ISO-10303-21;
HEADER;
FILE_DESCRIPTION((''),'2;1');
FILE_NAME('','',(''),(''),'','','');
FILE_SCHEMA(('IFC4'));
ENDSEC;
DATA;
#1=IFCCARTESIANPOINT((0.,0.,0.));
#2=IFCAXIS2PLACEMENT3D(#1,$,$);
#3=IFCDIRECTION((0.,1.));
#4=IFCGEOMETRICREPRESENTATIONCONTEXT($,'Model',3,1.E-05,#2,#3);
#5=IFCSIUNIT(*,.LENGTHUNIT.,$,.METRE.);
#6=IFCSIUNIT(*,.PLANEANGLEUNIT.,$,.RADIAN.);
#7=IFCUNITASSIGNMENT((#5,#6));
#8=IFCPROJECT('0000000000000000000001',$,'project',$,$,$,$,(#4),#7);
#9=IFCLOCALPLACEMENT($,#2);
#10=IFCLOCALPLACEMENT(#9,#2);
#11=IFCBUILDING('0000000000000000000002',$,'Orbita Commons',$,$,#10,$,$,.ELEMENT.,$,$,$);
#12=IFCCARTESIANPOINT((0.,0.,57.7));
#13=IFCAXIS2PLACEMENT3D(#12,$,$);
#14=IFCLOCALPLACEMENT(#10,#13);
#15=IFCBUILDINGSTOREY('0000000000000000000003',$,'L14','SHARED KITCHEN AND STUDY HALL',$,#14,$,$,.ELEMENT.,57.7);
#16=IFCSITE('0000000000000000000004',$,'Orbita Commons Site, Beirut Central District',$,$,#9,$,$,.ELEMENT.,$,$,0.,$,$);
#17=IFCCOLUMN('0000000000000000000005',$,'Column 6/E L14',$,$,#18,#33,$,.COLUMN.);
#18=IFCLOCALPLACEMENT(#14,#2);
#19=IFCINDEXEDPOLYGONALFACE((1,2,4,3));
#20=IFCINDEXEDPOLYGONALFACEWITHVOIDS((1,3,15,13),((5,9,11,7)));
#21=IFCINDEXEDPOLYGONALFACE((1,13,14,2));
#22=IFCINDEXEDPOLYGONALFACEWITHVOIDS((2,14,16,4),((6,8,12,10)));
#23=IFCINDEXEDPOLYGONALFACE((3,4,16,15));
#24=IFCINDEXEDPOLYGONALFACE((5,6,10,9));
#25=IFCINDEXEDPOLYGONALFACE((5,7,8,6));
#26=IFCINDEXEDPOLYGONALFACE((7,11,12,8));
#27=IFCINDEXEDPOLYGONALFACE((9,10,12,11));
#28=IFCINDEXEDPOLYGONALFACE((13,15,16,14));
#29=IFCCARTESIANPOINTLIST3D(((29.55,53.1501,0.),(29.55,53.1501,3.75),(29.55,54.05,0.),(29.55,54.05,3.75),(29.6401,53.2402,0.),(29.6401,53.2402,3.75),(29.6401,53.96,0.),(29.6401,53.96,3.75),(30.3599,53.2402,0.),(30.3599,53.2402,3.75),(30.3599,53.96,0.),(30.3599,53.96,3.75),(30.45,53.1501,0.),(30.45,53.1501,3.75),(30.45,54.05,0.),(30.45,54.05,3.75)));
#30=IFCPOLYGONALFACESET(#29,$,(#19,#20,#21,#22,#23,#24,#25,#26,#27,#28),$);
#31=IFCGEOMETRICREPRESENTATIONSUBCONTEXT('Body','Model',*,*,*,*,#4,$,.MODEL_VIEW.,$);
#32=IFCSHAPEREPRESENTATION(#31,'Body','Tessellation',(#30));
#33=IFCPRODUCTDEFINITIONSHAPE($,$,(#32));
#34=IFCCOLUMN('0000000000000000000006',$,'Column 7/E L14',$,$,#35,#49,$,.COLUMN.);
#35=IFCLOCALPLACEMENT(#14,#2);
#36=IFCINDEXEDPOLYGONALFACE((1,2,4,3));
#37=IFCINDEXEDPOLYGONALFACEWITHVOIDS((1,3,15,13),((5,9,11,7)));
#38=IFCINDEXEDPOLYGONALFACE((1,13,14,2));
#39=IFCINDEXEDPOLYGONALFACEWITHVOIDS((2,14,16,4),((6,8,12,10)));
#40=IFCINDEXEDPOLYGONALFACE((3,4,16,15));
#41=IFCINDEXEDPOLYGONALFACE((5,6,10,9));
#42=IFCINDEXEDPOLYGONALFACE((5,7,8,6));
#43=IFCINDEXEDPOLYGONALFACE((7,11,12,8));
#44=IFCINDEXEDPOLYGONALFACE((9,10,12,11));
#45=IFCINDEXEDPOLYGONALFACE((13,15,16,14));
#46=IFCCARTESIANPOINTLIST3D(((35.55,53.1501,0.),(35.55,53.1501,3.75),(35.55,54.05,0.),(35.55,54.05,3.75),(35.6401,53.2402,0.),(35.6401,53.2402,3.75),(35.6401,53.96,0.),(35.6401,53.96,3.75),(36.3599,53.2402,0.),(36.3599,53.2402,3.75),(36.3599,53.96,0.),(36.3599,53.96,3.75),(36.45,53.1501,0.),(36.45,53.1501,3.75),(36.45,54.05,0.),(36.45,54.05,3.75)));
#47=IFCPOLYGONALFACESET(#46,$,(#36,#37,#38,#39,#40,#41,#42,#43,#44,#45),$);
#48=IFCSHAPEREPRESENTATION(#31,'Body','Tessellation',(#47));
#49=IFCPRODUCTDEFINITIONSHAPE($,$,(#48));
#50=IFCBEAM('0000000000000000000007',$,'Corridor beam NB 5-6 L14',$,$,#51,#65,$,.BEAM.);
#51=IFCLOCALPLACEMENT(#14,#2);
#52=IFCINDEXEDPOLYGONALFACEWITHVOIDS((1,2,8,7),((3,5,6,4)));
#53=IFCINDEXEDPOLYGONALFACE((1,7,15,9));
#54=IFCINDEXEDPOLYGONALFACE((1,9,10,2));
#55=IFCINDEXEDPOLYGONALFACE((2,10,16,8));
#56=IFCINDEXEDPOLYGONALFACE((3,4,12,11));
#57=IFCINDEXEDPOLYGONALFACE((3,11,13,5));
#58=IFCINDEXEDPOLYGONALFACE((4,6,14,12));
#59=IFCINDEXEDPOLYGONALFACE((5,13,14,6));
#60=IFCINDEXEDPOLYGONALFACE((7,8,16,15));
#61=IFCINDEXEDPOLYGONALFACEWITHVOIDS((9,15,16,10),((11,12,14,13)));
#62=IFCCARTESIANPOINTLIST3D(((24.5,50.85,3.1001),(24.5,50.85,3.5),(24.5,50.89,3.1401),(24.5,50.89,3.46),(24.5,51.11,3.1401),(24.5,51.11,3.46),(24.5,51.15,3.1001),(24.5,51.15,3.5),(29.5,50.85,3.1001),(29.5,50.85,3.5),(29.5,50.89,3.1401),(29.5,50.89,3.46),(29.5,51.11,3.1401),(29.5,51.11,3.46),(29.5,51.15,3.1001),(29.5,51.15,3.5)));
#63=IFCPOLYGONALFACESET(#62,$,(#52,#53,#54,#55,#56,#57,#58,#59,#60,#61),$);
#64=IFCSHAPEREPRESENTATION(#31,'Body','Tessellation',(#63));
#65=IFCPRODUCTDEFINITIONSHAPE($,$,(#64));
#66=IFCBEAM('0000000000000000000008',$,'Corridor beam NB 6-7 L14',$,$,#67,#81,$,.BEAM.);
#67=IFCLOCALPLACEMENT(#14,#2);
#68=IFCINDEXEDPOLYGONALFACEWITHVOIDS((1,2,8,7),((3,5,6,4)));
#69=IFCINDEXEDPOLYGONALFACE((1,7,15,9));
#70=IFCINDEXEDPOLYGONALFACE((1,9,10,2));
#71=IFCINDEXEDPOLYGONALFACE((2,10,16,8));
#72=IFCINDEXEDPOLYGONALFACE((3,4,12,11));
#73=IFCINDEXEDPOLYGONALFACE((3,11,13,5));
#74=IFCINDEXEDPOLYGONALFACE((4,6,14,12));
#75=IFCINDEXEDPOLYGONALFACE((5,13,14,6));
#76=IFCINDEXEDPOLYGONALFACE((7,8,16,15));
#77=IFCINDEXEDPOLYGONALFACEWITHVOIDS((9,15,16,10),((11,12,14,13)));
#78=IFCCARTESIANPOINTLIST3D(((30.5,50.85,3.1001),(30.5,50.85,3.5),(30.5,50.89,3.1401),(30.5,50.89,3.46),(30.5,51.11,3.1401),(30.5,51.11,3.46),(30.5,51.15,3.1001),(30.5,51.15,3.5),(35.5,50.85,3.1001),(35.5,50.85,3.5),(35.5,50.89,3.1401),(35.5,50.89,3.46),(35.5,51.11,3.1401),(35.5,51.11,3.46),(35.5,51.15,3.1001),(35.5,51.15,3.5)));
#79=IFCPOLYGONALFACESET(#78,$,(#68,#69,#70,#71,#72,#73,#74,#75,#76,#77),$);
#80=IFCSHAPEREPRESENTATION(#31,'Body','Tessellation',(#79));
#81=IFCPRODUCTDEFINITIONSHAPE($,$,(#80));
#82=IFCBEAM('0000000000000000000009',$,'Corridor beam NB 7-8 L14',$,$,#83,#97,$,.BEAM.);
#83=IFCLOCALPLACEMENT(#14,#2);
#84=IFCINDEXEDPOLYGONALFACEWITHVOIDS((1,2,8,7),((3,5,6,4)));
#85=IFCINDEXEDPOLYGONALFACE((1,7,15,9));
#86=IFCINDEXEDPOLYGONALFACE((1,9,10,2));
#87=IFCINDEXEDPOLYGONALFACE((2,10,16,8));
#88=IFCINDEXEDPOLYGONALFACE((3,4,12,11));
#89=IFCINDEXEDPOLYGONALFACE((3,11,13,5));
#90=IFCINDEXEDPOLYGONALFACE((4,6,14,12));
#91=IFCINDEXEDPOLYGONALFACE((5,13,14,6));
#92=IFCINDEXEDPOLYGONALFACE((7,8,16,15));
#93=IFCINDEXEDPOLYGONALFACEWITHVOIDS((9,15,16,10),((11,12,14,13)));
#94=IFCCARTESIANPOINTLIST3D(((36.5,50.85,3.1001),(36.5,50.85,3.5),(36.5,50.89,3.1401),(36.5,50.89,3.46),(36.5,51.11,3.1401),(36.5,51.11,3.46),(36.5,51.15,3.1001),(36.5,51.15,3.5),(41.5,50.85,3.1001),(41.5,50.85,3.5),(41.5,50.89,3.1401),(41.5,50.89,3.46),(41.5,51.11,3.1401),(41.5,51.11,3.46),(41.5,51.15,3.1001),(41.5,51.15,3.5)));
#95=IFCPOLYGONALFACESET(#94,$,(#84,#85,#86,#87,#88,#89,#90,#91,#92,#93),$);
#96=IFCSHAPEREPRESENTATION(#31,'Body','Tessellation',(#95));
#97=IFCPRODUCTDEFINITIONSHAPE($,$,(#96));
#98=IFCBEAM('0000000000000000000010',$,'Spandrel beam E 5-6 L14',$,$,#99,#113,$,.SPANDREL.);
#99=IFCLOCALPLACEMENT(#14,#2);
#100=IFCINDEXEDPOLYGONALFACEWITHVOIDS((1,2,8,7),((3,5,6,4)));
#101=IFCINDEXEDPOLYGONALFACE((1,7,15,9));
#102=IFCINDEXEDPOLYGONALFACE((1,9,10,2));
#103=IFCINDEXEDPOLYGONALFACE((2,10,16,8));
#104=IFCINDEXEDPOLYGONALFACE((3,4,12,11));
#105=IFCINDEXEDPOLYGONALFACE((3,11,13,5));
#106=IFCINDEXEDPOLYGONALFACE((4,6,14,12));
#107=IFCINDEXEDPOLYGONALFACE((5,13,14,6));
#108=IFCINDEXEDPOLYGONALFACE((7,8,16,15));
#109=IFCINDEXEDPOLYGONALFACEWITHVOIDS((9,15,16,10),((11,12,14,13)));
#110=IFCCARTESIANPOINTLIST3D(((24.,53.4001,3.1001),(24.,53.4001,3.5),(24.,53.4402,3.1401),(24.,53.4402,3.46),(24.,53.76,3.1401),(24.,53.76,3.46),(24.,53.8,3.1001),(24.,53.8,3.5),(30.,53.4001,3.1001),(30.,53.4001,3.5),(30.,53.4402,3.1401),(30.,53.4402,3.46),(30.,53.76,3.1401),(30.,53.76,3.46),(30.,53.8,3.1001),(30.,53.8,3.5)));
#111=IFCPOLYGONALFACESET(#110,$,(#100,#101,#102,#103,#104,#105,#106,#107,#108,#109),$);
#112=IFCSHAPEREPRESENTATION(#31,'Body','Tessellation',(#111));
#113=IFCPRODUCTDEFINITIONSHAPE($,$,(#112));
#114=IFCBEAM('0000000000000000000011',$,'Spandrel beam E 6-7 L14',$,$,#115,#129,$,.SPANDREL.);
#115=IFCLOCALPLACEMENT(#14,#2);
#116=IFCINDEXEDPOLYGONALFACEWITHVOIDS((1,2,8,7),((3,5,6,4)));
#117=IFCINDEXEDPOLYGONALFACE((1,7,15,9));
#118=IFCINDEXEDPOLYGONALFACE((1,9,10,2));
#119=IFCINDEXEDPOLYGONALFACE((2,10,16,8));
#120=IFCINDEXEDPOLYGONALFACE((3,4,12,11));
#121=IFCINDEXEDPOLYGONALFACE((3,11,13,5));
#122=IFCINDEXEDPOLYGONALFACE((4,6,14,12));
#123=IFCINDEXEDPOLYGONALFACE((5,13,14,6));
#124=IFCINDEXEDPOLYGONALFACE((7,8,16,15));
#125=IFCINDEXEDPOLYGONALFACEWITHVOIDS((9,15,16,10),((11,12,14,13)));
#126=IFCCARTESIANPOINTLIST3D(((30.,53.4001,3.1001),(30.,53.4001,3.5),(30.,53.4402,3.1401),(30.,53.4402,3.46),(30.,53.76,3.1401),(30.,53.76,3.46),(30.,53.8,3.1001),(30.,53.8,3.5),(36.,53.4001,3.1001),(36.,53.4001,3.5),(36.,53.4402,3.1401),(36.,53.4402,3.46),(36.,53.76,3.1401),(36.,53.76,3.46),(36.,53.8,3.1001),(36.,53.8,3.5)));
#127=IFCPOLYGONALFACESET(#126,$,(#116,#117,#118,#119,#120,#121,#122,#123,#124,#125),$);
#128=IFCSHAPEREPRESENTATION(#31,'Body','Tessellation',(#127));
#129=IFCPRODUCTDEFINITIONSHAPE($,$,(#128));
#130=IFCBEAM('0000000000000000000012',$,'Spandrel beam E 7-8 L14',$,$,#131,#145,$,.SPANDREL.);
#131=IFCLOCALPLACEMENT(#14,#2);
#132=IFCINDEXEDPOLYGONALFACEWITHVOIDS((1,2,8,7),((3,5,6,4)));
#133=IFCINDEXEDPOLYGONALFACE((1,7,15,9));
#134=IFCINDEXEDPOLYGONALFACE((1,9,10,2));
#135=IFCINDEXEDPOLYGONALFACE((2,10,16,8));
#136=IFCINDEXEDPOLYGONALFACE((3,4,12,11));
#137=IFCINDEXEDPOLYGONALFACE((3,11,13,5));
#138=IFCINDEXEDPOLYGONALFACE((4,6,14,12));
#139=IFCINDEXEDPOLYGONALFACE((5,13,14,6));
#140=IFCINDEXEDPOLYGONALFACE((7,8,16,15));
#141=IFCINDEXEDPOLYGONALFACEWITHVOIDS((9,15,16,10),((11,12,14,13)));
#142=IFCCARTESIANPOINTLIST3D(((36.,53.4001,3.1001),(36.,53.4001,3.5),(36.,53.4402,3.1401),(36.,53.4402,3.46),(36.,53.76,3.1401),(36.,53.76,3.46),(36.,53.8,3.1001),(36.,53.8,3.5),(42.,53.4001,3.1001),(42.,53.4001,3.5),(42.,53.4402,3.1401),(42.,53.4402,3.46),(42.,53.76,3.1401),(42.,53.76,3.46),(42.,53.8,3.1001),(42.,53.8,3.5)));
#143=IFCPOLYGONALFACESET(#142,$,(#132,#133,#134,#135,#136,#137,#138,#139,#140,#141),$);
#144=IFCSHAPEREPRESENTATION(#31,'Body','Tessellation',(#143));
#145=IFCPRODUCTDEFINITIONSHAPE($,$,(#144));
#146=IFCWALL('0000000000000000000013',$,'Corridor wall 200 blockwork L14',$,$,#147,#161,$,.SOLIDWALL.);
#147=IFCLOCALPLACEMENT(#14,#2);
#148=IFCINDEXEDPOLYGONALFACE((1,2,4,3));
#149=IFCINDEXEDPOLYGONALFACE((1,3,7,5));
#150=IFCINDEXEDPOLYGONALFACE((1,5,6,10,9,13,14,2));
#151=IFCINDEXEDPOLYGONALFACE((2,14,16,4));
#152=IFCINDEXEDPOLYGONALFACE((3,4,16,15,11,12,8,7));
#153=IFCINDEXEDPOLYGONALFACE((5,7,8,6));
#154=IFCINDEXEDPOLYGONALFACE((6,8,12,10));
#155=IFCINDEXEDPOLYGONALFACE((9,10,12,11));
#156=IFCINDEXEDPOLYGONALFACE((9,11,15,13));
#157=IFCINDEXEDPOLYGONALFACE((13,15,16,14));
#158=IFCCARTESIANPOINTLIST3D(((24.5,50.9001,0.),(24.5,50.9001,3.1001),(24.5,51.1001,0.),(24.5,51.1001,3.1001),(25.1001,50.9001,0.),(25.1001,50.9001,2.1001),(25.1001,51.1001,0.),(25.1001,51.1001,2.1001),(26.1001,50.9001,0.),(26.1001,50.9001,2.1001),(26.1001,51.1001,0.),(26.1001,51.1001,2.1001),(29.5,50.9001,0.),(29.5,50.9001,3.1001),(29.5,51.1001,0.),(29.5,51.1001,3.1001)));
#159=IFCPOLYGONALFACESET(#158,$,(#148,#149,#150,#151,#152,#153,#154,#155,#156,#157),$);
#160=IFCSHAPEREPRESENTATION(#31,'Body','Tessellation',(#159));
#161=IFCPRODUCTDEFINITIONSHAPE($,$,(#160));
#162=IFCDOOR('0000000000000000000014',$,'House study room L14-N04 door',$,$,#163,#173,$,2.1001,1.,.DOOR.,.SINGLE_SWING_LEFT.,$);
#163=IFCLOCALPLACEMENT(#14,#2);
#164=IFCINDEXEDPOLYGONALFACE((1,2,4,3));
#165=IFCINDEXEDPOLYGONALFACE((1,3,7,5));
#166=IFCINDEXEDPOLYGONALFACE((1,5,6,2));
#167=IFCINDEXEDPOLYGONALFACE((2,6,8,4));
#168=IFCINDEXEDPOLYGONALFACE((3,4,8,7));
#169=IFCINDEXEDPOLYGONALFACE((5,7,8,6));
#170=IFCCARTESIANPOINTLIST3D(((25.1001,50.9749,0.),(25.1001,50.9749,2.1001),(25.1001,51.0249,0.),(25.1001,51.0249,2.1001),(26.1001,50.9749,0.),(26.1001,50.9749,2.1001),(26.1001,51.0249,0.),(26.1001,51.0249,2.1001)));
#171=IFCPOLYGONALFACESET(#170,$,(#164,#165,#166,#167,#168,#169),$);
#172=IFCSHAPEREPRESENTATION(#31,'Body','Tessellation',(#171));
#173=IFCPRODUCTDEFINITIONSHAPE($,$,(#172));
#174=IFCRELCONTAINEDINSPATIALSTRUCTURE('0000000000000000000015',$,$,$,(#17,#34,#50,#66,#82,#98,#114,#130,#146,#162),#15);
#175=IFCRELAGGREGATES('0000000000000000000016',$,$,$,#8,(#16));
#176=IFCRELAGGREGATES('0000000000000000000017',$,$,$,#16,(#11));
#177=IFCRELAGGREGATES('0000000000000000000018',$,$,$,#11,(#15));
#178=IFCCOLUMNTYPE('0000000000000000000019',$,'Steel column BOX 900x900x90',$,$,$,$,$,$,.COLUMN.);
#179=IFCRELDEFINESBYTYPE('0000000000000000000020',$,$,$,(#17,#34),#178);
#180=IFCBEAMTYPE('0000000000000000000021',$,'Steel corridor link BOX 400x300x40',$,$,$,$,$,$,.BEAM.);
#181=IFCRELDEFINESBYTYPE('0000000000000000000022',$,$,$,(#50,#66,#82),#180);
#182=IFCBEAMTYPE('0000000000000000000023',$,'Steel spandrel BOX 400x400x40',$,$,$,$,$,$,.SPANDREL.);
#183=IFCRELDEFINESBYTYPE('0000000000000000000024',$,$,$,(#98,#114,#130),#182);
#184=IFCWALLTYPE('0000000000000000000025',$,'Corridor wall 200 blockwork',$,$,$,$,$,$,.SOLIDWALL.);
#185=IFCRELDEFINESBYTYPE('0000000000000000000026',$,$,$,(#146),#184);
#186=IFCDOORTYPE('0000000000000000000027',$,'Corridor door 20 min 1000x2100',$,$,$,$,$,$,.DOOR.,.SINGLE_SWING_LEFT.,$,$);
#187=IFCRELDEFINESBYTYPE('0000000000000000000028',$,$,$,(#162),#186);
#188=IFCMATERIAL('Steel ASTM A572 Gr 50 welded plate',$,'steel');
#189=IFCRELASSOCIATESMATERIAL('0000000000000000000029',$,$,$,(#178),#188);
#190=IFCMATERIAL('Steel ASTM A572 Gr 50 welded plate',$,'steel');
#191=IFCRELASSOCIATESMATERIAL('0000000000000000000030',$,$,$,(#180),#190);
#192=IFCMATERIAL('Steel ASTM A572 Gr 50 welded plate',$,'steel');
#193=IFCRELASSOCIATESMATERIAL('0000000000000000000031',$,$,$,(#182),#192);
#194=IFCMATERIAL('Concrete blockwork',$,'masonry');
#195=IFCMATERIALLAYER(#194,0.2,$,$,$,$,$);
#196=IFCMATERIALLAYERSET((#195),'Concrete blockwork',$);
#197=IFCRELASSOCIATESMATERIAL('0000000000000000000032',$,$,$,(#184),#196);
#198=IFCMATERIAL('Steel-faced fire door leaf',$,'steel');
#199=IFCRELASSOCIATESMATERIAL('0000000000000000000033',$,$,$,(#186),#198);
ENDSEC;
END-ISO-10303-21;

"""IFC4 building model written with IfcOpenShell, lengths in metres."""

from ifc_helpers import new_model, si_unit, direction, frame, frame_2d, origin, origin_2d, place, context, subcontext, project, spatial, polyline, rectangle, hollow_rectangle, outline, extrude, material, layer, layer_set, material_profile, profile_set, type_object, element, fill, save


model = new_model("IFC4")

# Units and contexts
model_context = context("Model", 3, precision=1e-05, world=origin(), true_north=direction((0.0, 1.0)))
body_context = subcontext(model_context, "Body", "Model", "MODEL_VIEW")
ifc_project = project(units=[si_unit("LENGTHUNIT", "METRE"), si_unit("PLANEANGLEUNIT", "RADIAN")], contexts=[model_context])

# Site, building, storey
site_placement = place(None, origin())
site = spatial("IfcSite", under=ifc_project, at=site_placement, Name="Orbita Commons Site, Beirut Central District", CompositionType="ELEMENT", RefElevation=0.0)
building_placement = place(site_placement, origin())
building = spatial("IfcBuilding", under=site, at=building_placement, Name="Orbita Commons", CompositionType="ELEMENT")
storey_placement = place(building_placement, frame((0.0, 0.0, 57.7)))
storey = spatial("IfcBuildingStorey", under=building, at=storey_placement, Name="L14", Description="SHARED KITCHEN AND STUDY HALL", CompositionType="ELEMENT", Elevation=57.7)

# Columns
ifc_material_1 = material(Name="Steel ASTM A572 Gr 50 welded plate", Category="steel")
ifc_material_profile_1 = material_profile(ifc_material_1, hollow_rectangle(XDim=0.8999, YDim=0.8999, WallThickness=0.0901, at=origin_2d()), Name="BOX 900x900x90")
ifc_profile_set_1 = profile_set([ifc_material_profile_1], Name="Steel ASTM A572 Gr 50 welded plate")
column_type = type_object("IfcColumnType", Name="Steel column BOX 900x900x90", PredefinedType="COLUMN", material=ifc_profile_set_1)
for number, where, z_axis, x_axis, name in (
    (1, (30.0, 53.6001, 0.0), (0.0, 0.0, 1.0), (1.0, 0.0, 0.0), "Column 6/E L14"),
    (2, (36.0, 53.6001, 0.0), (0.0, 0.0, 1.0), (1.0, 0.0, 0.0), "Column 7/E L14"),
):
    element("IfcColumn", number, at=place(storey_placement, frame(where, z_axis=z_axis, x_axis=x_axis)), inside=storey, type_object=column_type, Name=name, PredefinedType="COLUMN", context=body_context, shape_type="SweptSolid", body=[
        extrude(hollow_rectangle(XDim=0.8999, YDim=0.8999, WallThickness=0.0901, at=origin_2d()), origin(), (0.0, 0.0, 1.0), 3.75),
    ])

# Beams
ifc_material_2 = material(Name="Steel ASTM A572 Gr 50 welded plate", Category="steel")
ifc_material_profile_2 = material_profile(ifc_material_2, hollow_rectangle(XDim=0.3, YDim=0.3999, WallThickness=0.04, at=origin_2d()), Name="BOX 400x300x40")
ifc_profile_set_2 = profile_set([ifc_material_profile_2], Name="Steel ASTM A572 Gr 50 welded plate")
beam_type_1 = type_object("IfcBeamType", Name="Steel corridor link BOX 400x300x40", PredefinedType="BEAM", material=ifc_profile_set_2)
for number, where, z_axis, x_axis, name in (
    (3, (24.5, 51.0, 3.3), (1.0, 0.0, 0.0), (0.0, 1.0, 0.0), "Corridor beam NB 5-6 L14"),
    (4, (30.5, 51.0, 3.3), (1.0, 0.0, 0.0), (0.0, 1.0, 0.0), "Corridor beam NB 6-7 L14"),
    (5, (36.5, 51.0, 3.3), (1.0, 0.0, 0.0), (0.0, 1.0, 0.0), "Corridor beam NB 7-8 L14"),
):
    element("IfcBeam", number, at=place(storey_placement, frame(where, z_axis=z_axis, x_axis=x_axis)), inside=storey, type_object=beam_type_1, Name=name, PredefinedType="BEAM", context=body_context, shape_type="SweptSolid", body=[
        extrude(hollow_rectangle(XDim=0.3, YDim=0.3999, WallThickness=0.04, at=origin_2d()), origin(), (0.0, 0.0, 1.0), 5.0),
    ])
ifc_material_3 = material(Name="Steel ASTM A572 Gr 50 welded plate", Category="steel")
ifc_material_profile_3 = material_profile(ifc_material_3, hollow_rectangle(XDim=0.3999, YDim=0.3999, WallThickness=0.04, at=origin_2d()), Name="BOX 400x400x40")
ifc_profile_set_3 = profile_set([ifc_material_profile_3], Name="Steel ASTM A572 Gr 50 welded plate")
beam_type_2 = type_object("IfcBeamType", Name="Steel spandrel BOX 400x400x40", PredefinedType="SPANDREL", material=ifc_profile_set_3)
for number, where, z_axis, x_axis, name in (
    (6, (24.0, 53.6001, 3.3), (1.0, 0.0, 0.0), (0.0, 1.0, 0.0), "Spandrel beam E 5-6 L14"),
    (7, (30.0, 53.6001, 3.3), (1.0, 0.0, 0.0), (0.0, 1.0, 0.0), "Spandrel beam E 6-7 L14"),
    (8, (36.0, 53.6001, 3.3), (1.0, 0.0, 0.0), (0.0, 1.0, 0.0), "Spandrel beam E 7-8 L14"),
):
    element("IfcBeam", number, at=place(storey_placement, frame(where, z_axis=z_axis, x_axis=x_axis)), inside=storey, type_object=beam_type_2, Name=name, PredefinedType="SPANDREL", context=body_context, shape_type="SweptSolid", body=[
        extrude(hollow_rectangle(XDim=0.3999, YDim=0.3999, WallThickness=0.04, at=origin_2d()), origin(), (0.0, 0.0, 1.0), 6.0),
    ])

# Wall, opening, door
ifc_material_4 = material(Name="Concrete blockwork", Category="masonry")
ifc_layer_1 = layer(ifc_material_4, 0.2)
ifc_layer_set_1 = layer_set([ifc_layer_1], Name="Concrete blockwork")
wall_type_1 = type_object("IfcWallType", Name="Corridor wall 200 blockwork", PredefinedType="SOLIDWALL", material=ifc_layer_set_1)
wall_1_placement = place(storey_placement, frame((24.5, 51.0, 0.0), z_axis=(0.0, 0.0, 1.0), x_axis=(1.0, 0.0, 0.0)))
wall_1 = element("IfcWall", 9, at=wall_1_placement, inside=storey, type_object=wall_type_1, Name="Corridor wall 200 blockwork L14", PredefinedType="SOLIDWALL", context=body_context, shape_type="SweptSolid", body=[
    extrude(outline(polyline([(0.0, 0.0), (5.0, 0.0), (5.0, 3.1001), (0.0, 3.1001), (0.0, 0.0)])), frame((0.0, 0.1001, 0.0), z_axis=(0.0, -1.0, 0.0), x_axis=(1.0, 0.0, 0.0)), (0.0, 0.0, 1.0), 0.2),
])
opening_1_placement = place(wall_1_placement, frame((0.6001, 0.0, 0.0)))
opening_1 = element("IfcOpeningElement", 10, at=opening_1_placement, cuts=wall_1, PredefinedType="OPENING", context=body_context, shape_type="SweptSolid", body=[
    extrude(rectangle(XDim=1.0, YDim=2.1001, at=frame_2d((0.5, 1.05))), frame((0.0, 0.1099, 0.0), z_axis=(0.0, -1.0, 0.0), x_axis=(1.0, 0.0, 0.0)), (0.0, 0.0, 1.0), 0.22),
])
ifc_material_5 = material(Name="Steel-faced fire door leaf", Category="steel")
door_type_1 = type_object("IfcDoorType", Name="Corridor door 20 min 1000x2100", OperationType="SINGLE_SWING_LEFT", PredefinedType="DOOR", material=ifc_material_5)
door_1_placement = place(opening_1_placement, origin())
door_1 = element("IfcDoor", 11, at=door_1_placement, inside=storey, type_object=door_type_1, Name="House study room L14-N04 door", OperationType="SINGLE_SWING_LEFT", OverallHeight=2.1001, OverallWidth=1.0, PredefinedType="DOOR", context=body_context, shape_type="SweptSolid", body=[
    extrude(rectangle(XDim=1.0, YDim=2.1001, at=frame_2d((0.5, 1.05))), frame((0.0, 0.0249, 0.0), z_axis=(0.0, -1.0, 0.0), x_axis=(1.0, 0.0, 0.0)), (0.0, 0.0, 1.0), 0.05),
])
fill(opening_1, door_1)

save(model, "model.ifc")
